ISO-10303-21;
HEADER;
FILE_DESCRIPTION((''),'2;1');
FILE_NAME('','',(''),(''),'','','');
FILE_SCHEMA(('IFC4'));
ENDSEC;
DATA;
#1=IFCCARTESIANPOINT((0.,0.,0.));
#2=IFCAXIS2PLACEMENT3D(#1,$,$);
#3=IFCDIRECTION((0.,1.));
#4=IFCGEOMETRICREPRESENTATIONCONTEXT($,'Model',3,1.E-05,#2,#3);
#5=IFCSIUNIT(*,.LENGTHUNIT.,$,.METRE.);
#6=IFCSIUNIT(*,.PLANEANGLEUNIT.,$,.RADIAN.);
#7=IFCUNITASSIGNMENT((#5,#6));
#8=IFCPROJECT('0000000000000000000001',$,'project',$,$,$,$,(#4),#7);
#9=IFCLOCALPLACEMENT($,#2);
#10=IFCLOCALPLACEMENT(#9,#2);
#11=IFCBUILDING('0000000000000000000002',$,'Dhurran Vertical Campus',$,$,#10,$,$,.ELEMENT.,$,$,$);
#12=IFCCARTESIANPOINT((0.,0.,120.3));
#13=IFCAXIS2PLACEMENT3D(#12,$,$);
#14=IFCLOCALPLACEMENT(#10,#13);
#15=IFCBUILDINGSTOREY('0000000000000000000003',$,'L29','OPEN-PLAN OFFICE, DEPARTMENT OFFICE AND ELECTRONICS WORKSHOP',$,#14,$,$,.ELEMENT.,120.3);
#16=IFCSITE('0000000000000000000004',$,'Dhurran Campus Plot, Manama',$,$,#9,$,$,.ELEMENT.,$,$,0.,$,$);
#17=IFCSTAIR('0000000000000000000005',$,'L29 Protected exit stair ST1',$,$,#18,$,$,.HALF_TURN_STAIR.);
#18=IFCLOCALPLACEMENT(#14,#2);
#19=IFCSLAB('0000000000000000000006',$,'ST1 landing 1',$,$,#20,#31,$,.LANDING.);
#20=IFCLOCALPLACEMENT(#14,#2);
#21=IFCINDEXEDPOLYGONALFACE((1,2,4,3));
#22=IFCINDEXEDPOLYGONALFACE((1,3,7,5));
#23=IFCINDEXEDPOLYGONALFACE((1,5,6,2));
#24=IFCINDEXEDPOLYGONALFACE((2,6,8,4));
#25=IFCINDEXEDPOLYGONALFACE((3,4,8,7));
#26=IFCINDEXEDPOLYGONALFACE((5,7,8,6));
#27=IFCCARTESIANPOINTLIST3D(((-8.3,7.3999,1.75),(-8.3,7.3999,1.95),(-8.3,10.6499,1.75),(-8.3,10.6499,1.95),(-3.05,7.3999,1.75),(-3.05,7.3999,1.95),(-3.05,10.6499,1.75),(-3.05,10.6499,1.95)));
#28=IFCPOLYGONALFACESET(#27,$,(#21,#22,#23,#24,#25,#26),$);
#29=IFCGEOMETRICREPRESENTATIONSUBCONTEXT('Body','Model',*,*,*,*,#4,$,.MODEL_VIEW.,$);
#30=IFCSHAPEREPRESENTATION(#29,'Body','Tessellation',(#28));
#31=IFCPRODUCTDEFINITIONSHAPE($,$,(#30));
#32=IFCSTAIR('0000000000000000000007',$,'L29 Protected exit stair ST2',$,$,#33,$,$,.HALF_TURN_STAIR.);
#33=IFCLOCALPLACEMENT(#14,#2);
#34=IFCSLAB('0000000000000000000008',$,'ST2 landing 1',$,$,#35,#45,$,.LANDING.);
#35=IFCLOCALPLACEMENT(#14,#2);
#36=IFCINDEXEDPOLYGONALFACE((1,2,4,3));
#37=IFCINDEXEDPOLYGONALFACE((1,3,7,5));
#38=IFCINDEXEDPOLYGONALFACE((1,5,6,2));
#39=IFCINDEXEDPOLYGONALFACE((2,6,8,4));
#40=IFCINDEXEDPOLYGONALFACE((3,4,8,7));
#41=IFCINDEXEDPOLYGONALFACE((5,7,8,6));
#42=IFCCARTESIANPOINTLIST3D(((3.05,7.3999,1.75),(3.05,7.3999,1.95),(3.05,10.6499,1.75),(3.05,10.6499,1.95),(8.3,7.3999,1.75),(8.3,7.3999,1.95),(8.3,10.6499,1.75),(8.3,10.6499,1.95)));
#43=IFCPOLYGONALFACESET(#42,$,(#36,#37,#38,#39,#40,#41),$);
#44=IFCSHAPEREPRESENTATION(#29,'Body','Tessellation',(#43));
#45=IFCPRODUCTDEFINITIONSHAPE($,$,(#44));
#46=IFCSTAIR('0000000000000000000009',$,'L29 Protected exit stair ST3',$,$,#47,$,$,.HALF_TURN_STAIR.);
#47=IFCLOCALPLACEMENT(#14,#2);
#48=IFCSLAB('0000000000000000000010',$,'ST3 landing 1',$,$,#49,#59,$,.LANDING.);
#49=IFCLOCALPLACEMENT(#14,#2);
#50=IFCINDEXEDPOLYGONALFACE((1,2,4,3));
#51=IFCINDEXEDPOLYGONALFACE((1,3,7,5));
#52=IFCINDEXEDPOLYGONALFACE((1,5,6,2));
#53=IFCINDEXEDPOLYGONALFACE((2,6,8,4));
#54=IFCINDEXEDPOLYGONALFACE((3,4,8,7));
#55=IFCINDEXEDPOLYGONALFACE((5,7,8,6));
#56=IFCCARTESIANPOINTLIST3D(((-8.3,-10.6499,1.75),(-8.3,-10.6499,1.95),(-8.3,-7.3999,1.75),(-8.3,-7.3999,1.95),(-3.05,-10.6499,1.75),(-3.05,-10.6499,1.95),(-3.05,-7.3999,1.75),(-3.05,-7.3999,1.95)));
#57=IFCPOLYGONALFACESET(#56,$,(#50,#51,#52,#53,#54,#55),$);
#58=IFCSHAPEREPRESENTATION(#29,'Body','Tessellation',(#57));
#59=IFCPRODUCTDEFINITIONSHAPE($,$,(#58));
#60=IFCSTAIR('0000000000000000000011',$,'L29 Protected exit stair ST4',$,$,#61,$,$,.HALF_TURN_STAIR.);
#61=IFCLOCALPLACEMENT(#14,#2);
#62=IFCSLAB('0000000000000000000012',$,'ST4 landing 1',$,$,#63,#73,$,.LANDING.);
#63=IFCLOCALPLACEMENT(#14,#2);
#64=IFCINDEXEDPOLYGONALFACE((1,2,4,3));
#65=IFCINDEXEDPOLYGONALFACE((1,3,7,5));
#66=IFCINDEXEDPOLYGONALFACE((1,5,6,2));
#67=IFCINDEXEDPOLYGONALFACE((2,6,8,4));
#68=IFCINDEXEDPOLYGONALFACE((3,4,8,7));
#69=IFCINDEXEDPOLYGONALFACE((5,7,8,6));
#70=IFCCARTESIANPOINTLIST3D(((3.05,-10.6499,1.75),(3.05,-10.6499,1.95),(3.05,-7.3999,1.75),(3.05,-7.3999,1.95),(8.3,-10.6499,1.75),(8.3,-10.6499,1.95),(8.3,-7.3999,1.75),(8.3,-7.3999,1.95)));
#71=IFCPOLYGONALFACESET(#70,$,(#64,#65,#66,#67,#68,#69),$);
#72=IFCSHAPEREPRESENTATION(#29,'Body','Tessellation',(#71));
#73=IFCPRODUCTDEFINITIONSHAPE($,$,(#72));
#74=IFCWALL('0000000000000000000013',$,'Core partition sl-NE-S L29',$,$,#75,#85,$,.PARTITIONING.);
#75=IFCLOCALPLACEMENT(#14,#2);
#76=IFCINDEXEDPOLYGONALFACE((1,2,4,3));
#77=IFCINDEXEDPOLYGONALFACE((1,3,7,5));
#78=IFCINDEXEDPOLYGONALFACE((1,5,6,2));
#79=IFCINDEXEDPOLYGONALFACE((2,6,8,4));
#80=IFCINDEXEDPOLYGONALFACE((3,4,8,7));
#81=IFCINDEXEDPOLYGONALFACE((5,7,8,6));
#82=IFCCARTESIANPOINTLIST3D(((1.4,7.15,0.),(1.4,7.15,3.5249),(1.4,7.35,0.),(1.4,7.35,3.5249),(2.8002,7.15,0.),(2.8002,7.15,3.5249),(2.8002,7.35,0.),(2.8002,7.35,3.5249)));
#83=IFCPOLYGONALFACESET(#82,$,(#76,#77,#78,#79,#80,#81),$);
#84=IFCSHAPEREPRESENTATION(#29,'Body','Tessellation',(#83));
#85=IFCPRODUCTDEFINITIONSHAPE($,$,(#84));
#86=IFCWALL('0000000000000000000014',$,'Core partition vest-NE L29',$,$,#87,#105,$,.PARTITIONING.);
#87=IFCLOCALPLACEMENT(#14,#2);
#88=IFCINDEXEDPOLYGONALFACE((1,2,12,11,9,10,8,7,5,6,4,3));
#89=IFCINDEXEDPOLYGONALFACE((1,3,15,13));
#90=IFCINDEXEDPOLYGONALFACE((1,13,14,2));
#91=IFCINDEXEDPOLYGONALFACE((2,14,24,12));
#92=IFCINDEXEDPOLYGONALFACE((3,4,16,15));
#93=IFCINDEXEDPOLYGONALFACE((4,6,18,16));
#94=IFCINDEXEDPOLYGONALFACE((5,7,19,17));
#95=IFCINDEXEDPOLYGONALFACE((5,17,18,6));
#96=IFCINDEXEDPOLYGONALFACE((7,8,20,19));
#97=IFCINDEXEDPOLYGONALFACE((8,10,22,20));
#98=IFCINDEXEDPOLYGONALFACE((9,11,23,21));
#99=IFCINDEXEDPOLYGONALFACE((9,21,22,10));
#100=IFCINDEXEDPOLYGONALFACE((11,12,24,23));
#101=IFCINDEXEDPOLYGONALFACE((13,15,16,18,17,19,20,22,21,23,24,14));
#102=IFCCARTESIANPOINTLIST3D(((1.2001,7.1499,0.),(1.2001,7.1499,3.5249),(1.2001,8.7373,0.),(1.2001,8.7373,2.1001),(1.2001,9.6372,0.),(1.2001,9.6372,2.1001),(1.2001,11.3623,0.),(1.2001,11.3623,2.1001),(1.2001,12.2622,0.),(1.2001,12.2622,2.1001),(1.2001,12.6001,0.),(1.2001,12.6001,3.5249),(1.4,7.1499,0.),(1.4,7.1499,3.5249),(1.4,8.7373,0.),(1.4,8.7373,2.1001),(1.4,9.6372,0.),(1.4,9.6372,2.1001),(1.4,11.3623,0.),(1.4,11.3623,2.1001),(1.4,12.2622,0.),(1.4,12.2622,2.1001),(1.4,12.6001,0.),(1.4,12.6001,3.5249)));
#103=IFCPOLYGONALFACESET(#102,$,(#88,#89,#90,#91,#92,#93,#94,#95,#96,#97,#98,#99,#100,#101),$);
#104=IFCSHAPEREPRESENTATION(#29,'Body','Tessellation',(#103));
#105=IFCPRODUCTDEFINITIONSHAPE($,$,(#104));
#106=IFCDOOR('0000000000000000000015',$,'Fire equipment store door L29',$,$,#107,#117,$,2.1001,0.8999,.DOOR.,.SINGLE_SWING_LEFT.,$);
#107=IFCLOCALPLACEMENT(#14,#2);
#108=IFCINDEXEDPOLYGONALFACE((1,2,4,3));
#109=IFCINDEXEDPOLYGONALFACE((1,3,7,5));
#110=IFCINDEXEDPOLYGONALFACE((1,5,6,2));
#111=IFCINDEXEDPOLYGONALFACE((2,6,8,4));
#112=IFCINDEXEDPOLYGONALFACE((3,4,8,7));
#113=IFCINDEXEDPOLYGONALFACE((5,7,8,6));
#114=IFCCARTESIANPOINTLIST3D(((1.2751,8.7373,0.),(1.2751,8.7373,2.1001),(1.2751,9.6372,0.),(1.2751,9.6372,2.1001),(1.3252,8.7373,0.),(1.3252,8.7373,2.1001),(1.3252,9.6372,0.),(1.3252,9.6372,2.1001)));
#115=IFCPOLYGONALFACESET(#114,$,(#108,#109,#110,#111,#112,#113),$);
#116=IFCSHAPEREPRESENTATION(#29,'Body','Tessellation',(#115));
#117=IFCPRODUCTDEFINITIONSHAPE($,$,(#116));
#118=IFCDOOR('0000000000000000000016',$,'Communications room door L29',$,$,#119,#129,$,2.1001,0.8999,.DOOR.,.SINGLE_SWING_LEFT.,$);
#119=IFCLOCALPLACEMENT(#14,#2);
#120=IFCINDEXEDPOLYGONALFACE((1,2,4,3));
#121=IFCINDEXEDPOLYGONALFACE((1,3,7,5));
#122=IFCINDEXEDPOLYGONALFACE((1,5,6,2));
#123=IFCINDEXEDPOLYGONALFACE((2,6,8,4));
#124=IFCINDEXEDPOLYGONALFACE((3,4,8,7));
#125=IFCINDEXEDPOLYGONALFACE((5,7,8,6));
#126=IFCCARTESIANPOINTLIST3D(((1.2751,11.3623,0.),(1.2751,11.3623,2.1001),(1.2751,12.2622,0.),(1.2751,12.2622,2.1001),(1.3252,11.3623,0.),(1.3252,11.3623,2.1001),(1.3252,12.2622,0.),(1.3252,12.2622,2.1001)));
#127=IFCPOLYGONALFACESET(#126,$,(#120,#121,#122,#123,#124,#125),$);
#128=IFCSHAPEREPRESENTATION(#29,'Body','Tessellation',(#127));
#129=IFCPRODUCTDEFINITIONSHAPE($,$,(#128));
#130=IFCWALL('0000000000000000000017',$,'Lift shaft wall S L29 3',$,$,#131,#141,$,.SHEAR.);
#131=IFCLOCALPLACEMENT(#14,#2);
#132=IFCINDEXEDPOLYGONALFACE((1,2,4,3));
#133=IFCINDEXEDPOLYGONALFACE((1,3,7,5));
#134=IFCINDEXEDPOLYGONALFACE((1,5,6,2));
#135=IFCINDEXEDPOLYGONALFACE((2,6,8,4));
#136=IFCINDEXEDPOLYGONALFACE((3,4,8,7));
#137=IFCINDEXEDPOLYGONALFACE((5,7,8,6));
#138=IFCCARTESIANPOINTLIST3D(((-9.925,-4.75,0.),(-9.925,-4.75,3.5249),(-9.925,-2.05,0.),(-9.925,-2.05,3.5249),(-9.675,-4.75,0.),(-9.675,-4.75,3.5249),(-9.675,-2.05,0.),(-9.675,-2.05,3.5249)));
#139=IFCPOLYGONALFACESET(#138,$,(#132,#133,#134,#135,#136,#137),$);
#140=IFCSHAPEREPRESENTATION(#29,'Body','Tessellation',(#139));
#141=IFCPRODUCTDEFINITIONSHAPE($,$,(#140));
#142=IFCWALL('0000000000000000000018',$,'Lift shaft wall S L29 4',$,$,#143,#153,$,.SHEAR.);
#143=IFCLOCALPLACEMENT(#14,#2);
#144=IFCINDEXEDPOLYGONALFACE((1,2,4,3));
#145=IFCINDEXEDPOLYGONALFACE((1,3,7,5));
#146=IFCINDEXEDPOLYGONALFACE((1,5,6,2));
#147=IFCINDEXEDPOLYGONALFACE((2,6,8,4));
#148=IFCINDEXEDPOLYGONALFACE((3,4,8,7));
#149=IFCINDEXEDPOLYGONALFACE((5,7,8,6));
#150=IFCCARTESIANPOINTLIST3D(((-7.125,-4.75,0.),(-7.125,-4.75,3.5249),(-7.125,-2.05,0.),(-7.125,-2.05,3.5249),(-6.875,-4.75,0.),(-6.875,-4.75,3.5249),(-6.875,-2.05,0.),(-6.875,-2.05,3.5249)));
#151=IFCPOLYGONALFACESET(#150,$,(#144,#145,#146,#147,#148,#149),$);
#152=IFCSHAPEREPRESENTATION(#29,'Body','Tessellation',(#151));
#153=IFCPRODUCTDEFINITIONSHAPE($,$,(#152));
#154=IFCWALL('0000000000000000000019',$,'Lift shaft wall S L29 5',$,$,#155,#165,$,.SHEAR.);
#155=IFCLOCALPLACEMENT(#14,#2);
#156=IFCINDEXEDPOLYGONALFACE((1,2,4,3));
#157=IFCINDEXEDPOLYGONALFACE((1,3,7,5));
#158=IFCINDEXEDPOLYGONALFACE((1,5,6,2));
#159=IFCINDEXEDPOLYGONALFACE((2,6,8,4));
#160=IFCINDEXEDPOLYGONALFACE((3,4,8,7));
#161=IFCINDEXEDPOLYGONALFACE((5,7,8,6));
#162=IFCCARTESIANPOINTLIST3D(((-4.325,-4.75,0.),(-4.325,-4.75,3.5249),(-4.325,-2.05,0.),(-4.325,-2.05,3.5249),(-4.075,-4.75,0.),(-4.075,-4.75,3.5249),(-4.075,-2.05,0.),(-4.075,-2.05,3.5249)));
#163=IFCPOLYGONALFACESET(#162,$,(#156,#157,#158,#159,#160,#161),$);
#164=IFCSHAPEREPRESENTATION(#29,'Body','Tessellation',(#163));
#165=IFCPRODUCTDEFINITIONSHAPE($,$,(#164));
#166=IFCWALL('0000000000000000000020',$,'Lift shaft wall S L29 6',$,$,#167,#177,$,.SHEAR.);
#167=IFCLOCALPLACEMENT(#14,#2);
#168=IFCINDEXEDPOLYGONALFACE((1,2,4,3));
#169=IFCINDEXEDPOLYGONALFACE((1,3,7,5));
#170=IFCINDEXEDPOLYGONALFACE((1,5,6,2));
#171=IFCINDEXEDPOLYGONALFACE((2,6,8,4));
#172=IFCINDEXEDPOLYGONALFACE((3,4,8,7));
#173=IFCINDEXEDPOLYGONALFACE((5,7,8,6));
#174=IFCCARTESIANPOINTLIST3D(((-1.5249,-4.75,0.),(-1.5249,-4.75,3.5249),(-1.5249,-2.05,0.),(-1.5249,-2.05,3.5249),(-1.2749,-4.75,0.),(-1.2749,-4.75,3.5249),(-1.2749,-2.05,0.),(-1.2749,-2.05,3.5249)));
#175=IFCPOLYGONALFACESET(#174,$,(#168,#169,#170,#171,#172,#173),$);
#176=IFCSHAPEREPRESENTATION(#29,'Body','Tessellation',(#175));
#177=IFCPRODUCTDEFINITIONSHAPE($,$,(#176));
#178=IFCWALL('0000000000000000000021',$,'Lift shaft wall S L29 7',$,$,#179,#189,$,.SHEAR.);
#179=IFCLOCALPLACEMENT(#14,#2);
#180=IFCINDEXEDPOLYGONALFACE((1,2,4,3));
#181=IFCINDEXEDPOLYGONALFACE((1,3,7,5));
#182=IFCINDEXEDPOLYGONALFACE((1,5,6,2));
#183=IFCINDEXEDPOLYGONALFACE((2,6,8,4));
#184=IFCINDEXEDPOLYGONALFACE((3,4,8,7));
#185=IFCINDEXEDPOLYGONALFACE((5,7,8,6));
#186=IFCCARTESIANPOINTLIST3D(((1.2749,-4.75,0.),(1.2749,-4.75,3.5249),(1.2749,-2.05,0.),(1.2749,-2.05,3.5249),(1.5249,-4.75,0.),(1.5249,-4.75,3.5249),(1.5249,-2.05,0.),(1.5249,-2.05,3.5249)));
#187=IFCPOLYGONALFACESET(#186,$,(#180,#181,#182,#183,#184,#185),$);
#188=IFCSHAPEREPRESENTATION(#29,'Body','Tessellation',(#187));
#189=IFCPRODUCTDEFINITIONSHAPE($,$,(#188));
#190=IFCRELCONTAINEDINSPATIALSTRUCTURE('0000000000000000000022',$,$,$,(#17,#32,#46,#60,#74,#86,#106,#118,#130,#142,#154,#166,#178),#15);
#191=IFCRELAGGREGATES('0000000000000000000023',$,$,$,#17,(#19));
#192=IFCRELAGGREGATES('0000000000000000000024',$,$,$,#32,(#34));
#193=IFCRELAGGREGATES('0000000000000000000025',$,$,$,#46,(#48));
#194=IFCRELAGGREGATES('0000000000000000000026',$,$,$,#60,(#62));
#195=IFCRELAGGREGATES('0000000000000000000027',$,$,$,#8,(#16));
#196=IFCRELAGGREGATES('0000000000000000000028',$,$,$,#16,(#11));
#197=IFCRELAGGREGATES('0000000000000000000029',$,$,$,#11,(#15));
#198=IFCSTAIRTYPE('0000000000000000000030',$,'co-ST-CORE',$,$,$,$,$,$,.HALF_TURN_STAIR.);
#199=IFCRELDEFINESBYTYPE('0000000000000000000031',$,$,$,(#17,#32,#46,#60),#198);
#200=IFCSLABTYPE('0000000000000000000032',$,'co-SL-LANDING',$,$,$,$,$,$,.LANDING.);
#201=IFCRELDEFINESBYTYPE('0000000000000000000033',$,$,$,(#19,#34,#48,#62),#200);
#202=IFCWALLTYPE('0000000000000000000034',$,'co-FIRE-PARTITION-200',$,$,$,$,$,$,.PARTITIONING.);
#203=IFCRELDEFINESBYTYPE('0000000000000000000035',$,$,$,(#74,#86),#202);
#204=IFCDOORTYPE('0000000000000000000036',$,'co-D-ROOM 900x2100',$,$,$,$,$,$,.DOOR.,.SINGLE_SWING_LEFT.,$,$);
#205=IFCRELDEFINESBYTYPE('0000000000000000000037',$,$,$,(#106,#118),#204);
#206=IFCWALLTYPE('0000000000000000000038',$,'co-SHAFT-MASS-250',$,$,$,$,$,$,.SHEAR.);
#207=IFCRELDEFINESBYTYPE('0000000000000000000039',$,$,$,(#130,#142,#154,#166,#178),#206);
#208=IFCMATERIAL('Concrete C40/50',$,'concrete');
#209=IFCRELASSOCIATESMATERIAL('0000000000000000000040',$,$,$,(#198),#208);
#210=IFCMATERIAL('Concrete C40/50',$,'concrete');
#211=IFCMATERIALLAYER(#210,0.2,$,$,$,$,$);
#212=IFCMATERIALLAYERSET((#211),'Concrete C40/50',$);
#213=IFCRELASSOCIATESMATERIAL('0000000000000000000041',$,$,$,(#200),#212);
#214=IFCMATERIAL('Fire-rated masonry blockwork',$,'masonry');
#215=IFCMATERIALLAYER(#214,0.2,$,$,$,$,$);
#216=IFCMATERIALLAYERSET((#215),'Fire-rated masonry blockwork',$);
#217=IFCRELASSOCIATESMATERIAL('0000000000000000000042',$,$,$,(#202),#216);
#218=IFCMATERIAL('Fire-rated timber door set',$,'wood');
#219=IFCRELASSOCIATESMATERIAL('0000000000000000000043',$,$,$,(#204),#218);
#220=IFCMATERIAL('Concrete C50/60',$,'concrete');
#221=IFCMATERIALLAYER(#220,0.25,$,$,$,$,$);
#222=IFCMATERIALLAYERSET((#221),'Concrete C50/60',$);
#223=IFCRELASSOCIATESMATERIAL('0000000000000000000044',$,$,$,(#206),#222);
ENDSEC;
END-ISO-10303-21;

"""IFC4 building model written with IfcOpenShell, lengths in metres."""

from ifc_helpers import new_model, si_unit, direction, frame, frame_2d, origin, place, context, subcontext, project, spatial, polyline, rectangle, outline, extrude, material, layer, layer_set, type_object, element, fill, aggregate, save


model = new_model("IFC4")

# Units and contexts
model_context = context("Model", 3, precision=1e-05, world=origin(), true_north=direction((0.0, 1.0)))
body_context = subcontext(model_context, "Body", "Model", "MODEL_VIEW")
ifc_project = project(units=[si_unit("LENGTHUNIT", "METRE"), si_unit("PLANEANGLEUNIT", "RADIAN")], contexts=[model_context])

# Site, building, storey
site_placement = place(None, origin())
site = spatial("IfcSite", under=ifc_project, at=site_placement, Name="Dhurran Campus Plot, Manama", CompositionType="ELEMENT", RefElevation=0.0)
building_placement = place(site_placement, origin())
building = spatial("IfcBuilding", under=site, at=building_placement, Name="Dhurran Vertical Campus", CompositionType="ELEMENT")
storey_placement = place(building_placement, frame((0.0, 0.0, 120.3)))
storey = spatial("IfcBuildingStorey", under=building, at=storey_placement, Name="L29", Description="OPEN-PLAN OFFICE, DEPARTMENT OFFICE AND ELECTRONICS WORKSHOP", CompositionType="ELEMENT", Elevation=120.3)

# Stairs, slabs
ifc_material_1 = material(Name="Concrete C40/50", Category="concrete")
stair_type = type_object("IfcStairType", Name="co-ST-CORE", PredefinedType="HALF_TURN_STAIR", material=ifc_material_1)
stair_1_placement = place(storey_placement, origin())
stair_1 = element("IfcStair", 1, at=stair_1_placement, inside=storey, type_object=stair_type, Name="L29 Protected exit stair ST1", PredefinedType="HALF_TURN_STAIR")
ifc_material_2 = material(Name="Concrete C40/50", Category="concrete")
ifc_layer_1 = layer(ifc_material_2, 0.2)
ifc_layer_set_1 = layer_set([ifc_layer_1], Name="Concrete C40/50")
slab_type = type_object("IfcSlabType", Name="co-SL-LANDING", PredefinedType="LANDING", material=ifc_layer_set_1)
slab_1_placement = place(storey_placement, frame((0.0, 0.0, 1.75)))
slab_1 = element("IfcSlab", 2, at=slab_1_placement, type_object=slab_type, Name="ST1 landing 1", PredefinedType="LANDING", context=body_context, shape_type="SweptSolid", body=[
    extrude(outline(polyline([(-8.3, 7.3999), (-3.05, 7.3999), (-3.05, 10.6499), (-8.3, 10.6499), (-8.3, 7.3999)])), origin(), (0.0, 0.0, 1.0), 0.2),
])
aggregate(stair_1, [slab_1])
stair_2_placement = place(storey_placement, origin())
stair_2 = element("IfcStair", 3, at=stair_2_placement, inside=storey, type_object=stair_type, Name="L29 Protected exit stair ST2", PredefinedType="HALF_TURN_STAIR")
slab_2_placement = place(storey_placement, frame((0.0, 0.0, 1.75)))
slab_2 = element("IfcSlab", 4, at=slab_2_placement, type_object=slab_type, Name="ST2 landing 1", PredefinedType="LANDING", context=body_context, shape_type="SweptSolid", body=[
    extrude(outline(polyline([(8.3, 10.6499), (3.05, 10.6499), (3.05, 7.3999), (8.3, 7.3999), (8.3, 10.6499)])), origin(), (0.0, 0.0, 1.0), 0.2),
])
aggregate(stair_2, [slab_2])
stair_3_placement = place(storey_placement, origin())
stair_3 = element("IfcStair", 5, at=stair_3_placement, inside=storey, type_object=stair_type, Name="L29 Protected exit stair ST3", PredefinedType="HALF_TURN_STAIR")
slab_3_placement = place(storey_placement, frame((0.0, 0.0, 1.75)))
slab_3 = element("IfcSlab", 6, at=slab_3_placement, type_object=slab_type, Name="ST3 landing 1", PredefinedType="LANDING", context=body_context, shape_type="SweptSolid", body=[
    extrude(outline(polyline([(-8.3, -10.6499), (-3.05, -10.6499), (-3.05, -7.3999), (-8.3, -7.3999), (-8.3, -10.6499)])), origin(), (0.0, 0.0, 1.0), 0.2),
])
aggregate(stair_3, [slab_3])
stair_4_placement = place(storey_placement, origin())
stair_4 = element("IfcStair", 7, at=stair_4_placement, inside=storey, type_object=stair_type, Name="L29 Protected exit stair ST4", PredefinedType="HALF_TURN_STAIR")
slab_4_placement = place(storey_placement, frame((0.0, 0.0, 1.75)))
slab_4 = element("IfcSlab", 8, at=slab_4_placement, type_object=slab_type, Name="ST4 landing 1", PredefinedType="LANDING", context=body_context, shape_type="SweptSolid", body=[
    extrude(outline(polyline([(8.3, -7.3999), (3.05, -7.3999), (3.05, -10.6499), (8.3, -10.6499), (8.3, -7.3999)])), origin(), (0.0, 0.0, 1.0), 0.2),
])
aggregate(stair_4, [slab_4])

# Wall
ifc_material_3 = material(Name="Fire-rated masonry blockwork", Category="masonry")
ifc_layer_2 = layer(ifc_material_3, 0.2)
ifc_layer_set_2 = layer_set([ifc_layer_2], Name="Fire-rated masonry blockwork")
wall_type_1 = type_object("IfcWallType", Name="co-FIRE-PARTITION-200", PredefinedType="PARTITIONING", material=ifc_layer_set_2)
wall_1_placement = place(storey_placement, frame((1.3999, 7.25, 0.0), z_axis=(0.0, 0.0, 1.0), x_axis=(1.0, 0.0, 0.0)))
element("IfcWall", 9, at=wall_1_placement, inside=storey, type_object=wall_type_1, Name="Core partition sl-NE-S L29", PredefinedType="PARTITIONING", context=body_context, shape_type="SweptSolid", body=[
    extrude(rectangle(XDim=1.4001, YDim=0.2, at=frame_2d((0.7002, 0.0))), origin(), (0.0, 0.0, 1.0), 3.5249),
])

# Wall, openings, doors
wall_2_placement = place(storey_placement, frame((1.3, 7.1499, 0.0), z_axis=(0.0, 0.0, 1.0), x_axis=(0.0, 1.0, 0.0)))
wall_2 = element("IfcWall", 10, at=wall_2_placement, inside=storey, type_object=wall_type_1, Name="Core partition vest-NE L29", PredefinedType="PARTITIONING", context=body_context, shape_type="SweptSolid", body=[
    extrude(rectangle(XDim=5.4502, YDim=0.2, at=frame_2d((2.7251, 0.0))), origin(), (0.0, 0.0, 1.0), 3.5249),
])
opening_1_placement = place(wall_2_placement, frame((1.5874, 0.0, 0.0)))
opening_1 = element("IfcOpeningElement", 11, at=opening_1_placement, cuts=wall_2, PredefinedType="OPENING", context=body_context, shape_type="SweptSolid", body=[
    extrude(rectangle(XDim=0.8999, YDim=2.1001, at=frame_2d((0.45, 1.05))), frame((0.0, 0.1099, 0.0), z_axis=(0.0, -1.0, 0.0), x_axis=(1.0, 0.0, 0.0)), (0.0, 0.0, 1.0), 0.22),
])
opening_2_placement = place(wall_2_placement, frame((4.2124, 0.0, 0.0)))
opening_2 = element("IfcOpeningElement", 12, at=opening_2_placement, cuts=wall_2, PredefinedType="OPENING", context=body_context, shape_type="SweptSolid", body=[
    extrude(rectangle(XDim=0.8999, YDim=2.1001, at=frame_2d((0.45, 1.05))), frame((0.0, 0.1099, 0.0), z_axis=(0.0, -1.0, 0.0), x_axis=(1.0, 0.0, 0.0)), (0.0, 0.0, 1.0), 0.22),
])
ifc_material_4 = material(Name="Fire-rated timber door set", Category="wood")
door_type_1 = type_object("IfcDoorType", Name="co-D-ROOM 900x2100", OperationType="SINGLE_SWING_LEFT", PredefinedType="DOOR", material=ifc_material_4)
door_1_placement = place(opening_1_placement, origin())
door_1 = element("IfcDoor", 13, at=door_1_placement, inside=storey, type_object=door_type_1, Name="Fire equipment store door L29", OperationType="SINGLE_SWING_LEFT", OverallHeight=2.1001, OverallWidth=0.8999, PredefinedType="DOOR", context=body_context, shape_type="SweptSolid", body=[
    extrude(rectangle(XDim=0.8999, YDim=2.1001, at=frame_2d((0.45, 1.05))), frame((0.0, 0.0249, 0.0), z_axis=(0.0, -1.0, 0.0), x_axis=(1.0, 0.0, 0.0)), (0.0, 0.0, 1.0), 0.05),
])
fill(opening_1, door_1)
door_2_placement = place(opening_2_placement, origin())
door_2 = element("IfcDoor", 14, at=door_2_placement, inside=storey, type_object=door_type_1, Name="Communications room door L29", OperationType="SINGLE_SWING_LEFT", OverallHeight=2.1001, OverallWidth=0.8999, PredefinedType="DOOR", context=body_context, shape_type="SweptSolid", body=[
    extrude(rectangle(XDim=0.8999, YDim=2.1001, at=frame_2d((0.45, 1.05))), frame((0.0, 0.0249, 0.0), z_axis=(0.0, -1.0, 0.0), x_axis=(1.0, 0.0, 0.0)), (0.0, 0.0, 1.0), 0.05),
])
fill(opening_2, door_2)

# Walls
ifc_material_5 = material(Name="Concrete C50/60", Category="concrete")
ifc_layer_3 = layer(ifc_material_5, 0.25)
ifc_layer_set_3 = layer_set([ifc_layer_3], Name="Concrete C50/60")
wall_type_2 = type_object("IfcWallType", Name="co-SHAFT-MASS-250", PredefinedType="SHEAR", material=ifc_layer_set_3)
wall_3_placement = place(storey_placement, origin())
element("IfcWall", 15, at=wall_3_placement, inside=storey, type_object=wall_type_2, Name="Lift shaft wall S L29 3", PredefinedType="SHEAR", context=body_context, shape_type="SweptSolid", body=[
    extrude(outline(polyline([(-9.925, -4.75), (-9.675, -4.75), (-9.675, -2.05), (-9.925, -2.05), (-9.925, -4.75)])), origin(), (0.0, 0.0, 1.0), 3.5249),
])
wall_4_placement = place(storey_placement, origin())
element("IfcWall", 16, at=wall_4_placement, inside=storey, type_object=wall_type_2, Name="Lift shaft wall S L29 4", PredefinedType="SHEAR", context=body_context, shape_type="SweptSolid", body=[
    extrude(outline(polyline([(-7.125, -4.75), (-6.875, -4.75), (-6.875, -2.05), (-7.125, -2.05), (-7.125, -4.75)])), origin(), (0.0, 0.0, 1.0), 3.5249),
])
wall_5_placement = place(storey_placement, origin())
element("IfcWall", 17, at=wall_5_placement, inside=storey, type_object=wall_type_2, Name="Lift shaft wall S L29 5", PredefinedType="SHEAR", context=body_context, shape_type="SweptSolid", body=[
    extrude(outline(polyline([(-4.325, -4.75), (-4.075, -4.75), (-4.075, -2.05), (-4.325, -2.05), (-4.325, -4.75)])), origin(), (0.0, 0.0, 1.0), 3.5249),
])
wall_6_placement = place(storey_placement, origin())
element("IfcWall", 18, at=wall_6_placement, inside=storey, type_object=wall_type_2, Name="Lift shaft wall S L29 6", PredefinedType="SHEAR", context=body_context, shape_type="SweptSolid", body=[
    extrude(outline(polyline([(-1.5249, -4.75), (-1.2749, -4.75), (-1.2749, -2.05), (-1.5249, -2.05), (-1.5249, -4.75)])), origin(), (0.0, 0.0, 1.0), 3.5249),
])
wall_7_placement = place(storey_placement, origin())
element("IfcWall", 19, at=wall_7_placement, inside=storey, type_object=wall_type_2, Name="Lift shaft wall S L29 7", PredefinedType="SHEAR", context=body_context, shape_type="SweptSolid", body=[
    extrude(outline(polyline([(1.2749, -4.75), (1.5249, -4.75), (1.5249, -2.05), (1.2749, -2.05), (1.2749, -4.75)])), origin(), (0.0, 0.0, 1.0), 3.5249),
])

save(model, "model.ifc")
